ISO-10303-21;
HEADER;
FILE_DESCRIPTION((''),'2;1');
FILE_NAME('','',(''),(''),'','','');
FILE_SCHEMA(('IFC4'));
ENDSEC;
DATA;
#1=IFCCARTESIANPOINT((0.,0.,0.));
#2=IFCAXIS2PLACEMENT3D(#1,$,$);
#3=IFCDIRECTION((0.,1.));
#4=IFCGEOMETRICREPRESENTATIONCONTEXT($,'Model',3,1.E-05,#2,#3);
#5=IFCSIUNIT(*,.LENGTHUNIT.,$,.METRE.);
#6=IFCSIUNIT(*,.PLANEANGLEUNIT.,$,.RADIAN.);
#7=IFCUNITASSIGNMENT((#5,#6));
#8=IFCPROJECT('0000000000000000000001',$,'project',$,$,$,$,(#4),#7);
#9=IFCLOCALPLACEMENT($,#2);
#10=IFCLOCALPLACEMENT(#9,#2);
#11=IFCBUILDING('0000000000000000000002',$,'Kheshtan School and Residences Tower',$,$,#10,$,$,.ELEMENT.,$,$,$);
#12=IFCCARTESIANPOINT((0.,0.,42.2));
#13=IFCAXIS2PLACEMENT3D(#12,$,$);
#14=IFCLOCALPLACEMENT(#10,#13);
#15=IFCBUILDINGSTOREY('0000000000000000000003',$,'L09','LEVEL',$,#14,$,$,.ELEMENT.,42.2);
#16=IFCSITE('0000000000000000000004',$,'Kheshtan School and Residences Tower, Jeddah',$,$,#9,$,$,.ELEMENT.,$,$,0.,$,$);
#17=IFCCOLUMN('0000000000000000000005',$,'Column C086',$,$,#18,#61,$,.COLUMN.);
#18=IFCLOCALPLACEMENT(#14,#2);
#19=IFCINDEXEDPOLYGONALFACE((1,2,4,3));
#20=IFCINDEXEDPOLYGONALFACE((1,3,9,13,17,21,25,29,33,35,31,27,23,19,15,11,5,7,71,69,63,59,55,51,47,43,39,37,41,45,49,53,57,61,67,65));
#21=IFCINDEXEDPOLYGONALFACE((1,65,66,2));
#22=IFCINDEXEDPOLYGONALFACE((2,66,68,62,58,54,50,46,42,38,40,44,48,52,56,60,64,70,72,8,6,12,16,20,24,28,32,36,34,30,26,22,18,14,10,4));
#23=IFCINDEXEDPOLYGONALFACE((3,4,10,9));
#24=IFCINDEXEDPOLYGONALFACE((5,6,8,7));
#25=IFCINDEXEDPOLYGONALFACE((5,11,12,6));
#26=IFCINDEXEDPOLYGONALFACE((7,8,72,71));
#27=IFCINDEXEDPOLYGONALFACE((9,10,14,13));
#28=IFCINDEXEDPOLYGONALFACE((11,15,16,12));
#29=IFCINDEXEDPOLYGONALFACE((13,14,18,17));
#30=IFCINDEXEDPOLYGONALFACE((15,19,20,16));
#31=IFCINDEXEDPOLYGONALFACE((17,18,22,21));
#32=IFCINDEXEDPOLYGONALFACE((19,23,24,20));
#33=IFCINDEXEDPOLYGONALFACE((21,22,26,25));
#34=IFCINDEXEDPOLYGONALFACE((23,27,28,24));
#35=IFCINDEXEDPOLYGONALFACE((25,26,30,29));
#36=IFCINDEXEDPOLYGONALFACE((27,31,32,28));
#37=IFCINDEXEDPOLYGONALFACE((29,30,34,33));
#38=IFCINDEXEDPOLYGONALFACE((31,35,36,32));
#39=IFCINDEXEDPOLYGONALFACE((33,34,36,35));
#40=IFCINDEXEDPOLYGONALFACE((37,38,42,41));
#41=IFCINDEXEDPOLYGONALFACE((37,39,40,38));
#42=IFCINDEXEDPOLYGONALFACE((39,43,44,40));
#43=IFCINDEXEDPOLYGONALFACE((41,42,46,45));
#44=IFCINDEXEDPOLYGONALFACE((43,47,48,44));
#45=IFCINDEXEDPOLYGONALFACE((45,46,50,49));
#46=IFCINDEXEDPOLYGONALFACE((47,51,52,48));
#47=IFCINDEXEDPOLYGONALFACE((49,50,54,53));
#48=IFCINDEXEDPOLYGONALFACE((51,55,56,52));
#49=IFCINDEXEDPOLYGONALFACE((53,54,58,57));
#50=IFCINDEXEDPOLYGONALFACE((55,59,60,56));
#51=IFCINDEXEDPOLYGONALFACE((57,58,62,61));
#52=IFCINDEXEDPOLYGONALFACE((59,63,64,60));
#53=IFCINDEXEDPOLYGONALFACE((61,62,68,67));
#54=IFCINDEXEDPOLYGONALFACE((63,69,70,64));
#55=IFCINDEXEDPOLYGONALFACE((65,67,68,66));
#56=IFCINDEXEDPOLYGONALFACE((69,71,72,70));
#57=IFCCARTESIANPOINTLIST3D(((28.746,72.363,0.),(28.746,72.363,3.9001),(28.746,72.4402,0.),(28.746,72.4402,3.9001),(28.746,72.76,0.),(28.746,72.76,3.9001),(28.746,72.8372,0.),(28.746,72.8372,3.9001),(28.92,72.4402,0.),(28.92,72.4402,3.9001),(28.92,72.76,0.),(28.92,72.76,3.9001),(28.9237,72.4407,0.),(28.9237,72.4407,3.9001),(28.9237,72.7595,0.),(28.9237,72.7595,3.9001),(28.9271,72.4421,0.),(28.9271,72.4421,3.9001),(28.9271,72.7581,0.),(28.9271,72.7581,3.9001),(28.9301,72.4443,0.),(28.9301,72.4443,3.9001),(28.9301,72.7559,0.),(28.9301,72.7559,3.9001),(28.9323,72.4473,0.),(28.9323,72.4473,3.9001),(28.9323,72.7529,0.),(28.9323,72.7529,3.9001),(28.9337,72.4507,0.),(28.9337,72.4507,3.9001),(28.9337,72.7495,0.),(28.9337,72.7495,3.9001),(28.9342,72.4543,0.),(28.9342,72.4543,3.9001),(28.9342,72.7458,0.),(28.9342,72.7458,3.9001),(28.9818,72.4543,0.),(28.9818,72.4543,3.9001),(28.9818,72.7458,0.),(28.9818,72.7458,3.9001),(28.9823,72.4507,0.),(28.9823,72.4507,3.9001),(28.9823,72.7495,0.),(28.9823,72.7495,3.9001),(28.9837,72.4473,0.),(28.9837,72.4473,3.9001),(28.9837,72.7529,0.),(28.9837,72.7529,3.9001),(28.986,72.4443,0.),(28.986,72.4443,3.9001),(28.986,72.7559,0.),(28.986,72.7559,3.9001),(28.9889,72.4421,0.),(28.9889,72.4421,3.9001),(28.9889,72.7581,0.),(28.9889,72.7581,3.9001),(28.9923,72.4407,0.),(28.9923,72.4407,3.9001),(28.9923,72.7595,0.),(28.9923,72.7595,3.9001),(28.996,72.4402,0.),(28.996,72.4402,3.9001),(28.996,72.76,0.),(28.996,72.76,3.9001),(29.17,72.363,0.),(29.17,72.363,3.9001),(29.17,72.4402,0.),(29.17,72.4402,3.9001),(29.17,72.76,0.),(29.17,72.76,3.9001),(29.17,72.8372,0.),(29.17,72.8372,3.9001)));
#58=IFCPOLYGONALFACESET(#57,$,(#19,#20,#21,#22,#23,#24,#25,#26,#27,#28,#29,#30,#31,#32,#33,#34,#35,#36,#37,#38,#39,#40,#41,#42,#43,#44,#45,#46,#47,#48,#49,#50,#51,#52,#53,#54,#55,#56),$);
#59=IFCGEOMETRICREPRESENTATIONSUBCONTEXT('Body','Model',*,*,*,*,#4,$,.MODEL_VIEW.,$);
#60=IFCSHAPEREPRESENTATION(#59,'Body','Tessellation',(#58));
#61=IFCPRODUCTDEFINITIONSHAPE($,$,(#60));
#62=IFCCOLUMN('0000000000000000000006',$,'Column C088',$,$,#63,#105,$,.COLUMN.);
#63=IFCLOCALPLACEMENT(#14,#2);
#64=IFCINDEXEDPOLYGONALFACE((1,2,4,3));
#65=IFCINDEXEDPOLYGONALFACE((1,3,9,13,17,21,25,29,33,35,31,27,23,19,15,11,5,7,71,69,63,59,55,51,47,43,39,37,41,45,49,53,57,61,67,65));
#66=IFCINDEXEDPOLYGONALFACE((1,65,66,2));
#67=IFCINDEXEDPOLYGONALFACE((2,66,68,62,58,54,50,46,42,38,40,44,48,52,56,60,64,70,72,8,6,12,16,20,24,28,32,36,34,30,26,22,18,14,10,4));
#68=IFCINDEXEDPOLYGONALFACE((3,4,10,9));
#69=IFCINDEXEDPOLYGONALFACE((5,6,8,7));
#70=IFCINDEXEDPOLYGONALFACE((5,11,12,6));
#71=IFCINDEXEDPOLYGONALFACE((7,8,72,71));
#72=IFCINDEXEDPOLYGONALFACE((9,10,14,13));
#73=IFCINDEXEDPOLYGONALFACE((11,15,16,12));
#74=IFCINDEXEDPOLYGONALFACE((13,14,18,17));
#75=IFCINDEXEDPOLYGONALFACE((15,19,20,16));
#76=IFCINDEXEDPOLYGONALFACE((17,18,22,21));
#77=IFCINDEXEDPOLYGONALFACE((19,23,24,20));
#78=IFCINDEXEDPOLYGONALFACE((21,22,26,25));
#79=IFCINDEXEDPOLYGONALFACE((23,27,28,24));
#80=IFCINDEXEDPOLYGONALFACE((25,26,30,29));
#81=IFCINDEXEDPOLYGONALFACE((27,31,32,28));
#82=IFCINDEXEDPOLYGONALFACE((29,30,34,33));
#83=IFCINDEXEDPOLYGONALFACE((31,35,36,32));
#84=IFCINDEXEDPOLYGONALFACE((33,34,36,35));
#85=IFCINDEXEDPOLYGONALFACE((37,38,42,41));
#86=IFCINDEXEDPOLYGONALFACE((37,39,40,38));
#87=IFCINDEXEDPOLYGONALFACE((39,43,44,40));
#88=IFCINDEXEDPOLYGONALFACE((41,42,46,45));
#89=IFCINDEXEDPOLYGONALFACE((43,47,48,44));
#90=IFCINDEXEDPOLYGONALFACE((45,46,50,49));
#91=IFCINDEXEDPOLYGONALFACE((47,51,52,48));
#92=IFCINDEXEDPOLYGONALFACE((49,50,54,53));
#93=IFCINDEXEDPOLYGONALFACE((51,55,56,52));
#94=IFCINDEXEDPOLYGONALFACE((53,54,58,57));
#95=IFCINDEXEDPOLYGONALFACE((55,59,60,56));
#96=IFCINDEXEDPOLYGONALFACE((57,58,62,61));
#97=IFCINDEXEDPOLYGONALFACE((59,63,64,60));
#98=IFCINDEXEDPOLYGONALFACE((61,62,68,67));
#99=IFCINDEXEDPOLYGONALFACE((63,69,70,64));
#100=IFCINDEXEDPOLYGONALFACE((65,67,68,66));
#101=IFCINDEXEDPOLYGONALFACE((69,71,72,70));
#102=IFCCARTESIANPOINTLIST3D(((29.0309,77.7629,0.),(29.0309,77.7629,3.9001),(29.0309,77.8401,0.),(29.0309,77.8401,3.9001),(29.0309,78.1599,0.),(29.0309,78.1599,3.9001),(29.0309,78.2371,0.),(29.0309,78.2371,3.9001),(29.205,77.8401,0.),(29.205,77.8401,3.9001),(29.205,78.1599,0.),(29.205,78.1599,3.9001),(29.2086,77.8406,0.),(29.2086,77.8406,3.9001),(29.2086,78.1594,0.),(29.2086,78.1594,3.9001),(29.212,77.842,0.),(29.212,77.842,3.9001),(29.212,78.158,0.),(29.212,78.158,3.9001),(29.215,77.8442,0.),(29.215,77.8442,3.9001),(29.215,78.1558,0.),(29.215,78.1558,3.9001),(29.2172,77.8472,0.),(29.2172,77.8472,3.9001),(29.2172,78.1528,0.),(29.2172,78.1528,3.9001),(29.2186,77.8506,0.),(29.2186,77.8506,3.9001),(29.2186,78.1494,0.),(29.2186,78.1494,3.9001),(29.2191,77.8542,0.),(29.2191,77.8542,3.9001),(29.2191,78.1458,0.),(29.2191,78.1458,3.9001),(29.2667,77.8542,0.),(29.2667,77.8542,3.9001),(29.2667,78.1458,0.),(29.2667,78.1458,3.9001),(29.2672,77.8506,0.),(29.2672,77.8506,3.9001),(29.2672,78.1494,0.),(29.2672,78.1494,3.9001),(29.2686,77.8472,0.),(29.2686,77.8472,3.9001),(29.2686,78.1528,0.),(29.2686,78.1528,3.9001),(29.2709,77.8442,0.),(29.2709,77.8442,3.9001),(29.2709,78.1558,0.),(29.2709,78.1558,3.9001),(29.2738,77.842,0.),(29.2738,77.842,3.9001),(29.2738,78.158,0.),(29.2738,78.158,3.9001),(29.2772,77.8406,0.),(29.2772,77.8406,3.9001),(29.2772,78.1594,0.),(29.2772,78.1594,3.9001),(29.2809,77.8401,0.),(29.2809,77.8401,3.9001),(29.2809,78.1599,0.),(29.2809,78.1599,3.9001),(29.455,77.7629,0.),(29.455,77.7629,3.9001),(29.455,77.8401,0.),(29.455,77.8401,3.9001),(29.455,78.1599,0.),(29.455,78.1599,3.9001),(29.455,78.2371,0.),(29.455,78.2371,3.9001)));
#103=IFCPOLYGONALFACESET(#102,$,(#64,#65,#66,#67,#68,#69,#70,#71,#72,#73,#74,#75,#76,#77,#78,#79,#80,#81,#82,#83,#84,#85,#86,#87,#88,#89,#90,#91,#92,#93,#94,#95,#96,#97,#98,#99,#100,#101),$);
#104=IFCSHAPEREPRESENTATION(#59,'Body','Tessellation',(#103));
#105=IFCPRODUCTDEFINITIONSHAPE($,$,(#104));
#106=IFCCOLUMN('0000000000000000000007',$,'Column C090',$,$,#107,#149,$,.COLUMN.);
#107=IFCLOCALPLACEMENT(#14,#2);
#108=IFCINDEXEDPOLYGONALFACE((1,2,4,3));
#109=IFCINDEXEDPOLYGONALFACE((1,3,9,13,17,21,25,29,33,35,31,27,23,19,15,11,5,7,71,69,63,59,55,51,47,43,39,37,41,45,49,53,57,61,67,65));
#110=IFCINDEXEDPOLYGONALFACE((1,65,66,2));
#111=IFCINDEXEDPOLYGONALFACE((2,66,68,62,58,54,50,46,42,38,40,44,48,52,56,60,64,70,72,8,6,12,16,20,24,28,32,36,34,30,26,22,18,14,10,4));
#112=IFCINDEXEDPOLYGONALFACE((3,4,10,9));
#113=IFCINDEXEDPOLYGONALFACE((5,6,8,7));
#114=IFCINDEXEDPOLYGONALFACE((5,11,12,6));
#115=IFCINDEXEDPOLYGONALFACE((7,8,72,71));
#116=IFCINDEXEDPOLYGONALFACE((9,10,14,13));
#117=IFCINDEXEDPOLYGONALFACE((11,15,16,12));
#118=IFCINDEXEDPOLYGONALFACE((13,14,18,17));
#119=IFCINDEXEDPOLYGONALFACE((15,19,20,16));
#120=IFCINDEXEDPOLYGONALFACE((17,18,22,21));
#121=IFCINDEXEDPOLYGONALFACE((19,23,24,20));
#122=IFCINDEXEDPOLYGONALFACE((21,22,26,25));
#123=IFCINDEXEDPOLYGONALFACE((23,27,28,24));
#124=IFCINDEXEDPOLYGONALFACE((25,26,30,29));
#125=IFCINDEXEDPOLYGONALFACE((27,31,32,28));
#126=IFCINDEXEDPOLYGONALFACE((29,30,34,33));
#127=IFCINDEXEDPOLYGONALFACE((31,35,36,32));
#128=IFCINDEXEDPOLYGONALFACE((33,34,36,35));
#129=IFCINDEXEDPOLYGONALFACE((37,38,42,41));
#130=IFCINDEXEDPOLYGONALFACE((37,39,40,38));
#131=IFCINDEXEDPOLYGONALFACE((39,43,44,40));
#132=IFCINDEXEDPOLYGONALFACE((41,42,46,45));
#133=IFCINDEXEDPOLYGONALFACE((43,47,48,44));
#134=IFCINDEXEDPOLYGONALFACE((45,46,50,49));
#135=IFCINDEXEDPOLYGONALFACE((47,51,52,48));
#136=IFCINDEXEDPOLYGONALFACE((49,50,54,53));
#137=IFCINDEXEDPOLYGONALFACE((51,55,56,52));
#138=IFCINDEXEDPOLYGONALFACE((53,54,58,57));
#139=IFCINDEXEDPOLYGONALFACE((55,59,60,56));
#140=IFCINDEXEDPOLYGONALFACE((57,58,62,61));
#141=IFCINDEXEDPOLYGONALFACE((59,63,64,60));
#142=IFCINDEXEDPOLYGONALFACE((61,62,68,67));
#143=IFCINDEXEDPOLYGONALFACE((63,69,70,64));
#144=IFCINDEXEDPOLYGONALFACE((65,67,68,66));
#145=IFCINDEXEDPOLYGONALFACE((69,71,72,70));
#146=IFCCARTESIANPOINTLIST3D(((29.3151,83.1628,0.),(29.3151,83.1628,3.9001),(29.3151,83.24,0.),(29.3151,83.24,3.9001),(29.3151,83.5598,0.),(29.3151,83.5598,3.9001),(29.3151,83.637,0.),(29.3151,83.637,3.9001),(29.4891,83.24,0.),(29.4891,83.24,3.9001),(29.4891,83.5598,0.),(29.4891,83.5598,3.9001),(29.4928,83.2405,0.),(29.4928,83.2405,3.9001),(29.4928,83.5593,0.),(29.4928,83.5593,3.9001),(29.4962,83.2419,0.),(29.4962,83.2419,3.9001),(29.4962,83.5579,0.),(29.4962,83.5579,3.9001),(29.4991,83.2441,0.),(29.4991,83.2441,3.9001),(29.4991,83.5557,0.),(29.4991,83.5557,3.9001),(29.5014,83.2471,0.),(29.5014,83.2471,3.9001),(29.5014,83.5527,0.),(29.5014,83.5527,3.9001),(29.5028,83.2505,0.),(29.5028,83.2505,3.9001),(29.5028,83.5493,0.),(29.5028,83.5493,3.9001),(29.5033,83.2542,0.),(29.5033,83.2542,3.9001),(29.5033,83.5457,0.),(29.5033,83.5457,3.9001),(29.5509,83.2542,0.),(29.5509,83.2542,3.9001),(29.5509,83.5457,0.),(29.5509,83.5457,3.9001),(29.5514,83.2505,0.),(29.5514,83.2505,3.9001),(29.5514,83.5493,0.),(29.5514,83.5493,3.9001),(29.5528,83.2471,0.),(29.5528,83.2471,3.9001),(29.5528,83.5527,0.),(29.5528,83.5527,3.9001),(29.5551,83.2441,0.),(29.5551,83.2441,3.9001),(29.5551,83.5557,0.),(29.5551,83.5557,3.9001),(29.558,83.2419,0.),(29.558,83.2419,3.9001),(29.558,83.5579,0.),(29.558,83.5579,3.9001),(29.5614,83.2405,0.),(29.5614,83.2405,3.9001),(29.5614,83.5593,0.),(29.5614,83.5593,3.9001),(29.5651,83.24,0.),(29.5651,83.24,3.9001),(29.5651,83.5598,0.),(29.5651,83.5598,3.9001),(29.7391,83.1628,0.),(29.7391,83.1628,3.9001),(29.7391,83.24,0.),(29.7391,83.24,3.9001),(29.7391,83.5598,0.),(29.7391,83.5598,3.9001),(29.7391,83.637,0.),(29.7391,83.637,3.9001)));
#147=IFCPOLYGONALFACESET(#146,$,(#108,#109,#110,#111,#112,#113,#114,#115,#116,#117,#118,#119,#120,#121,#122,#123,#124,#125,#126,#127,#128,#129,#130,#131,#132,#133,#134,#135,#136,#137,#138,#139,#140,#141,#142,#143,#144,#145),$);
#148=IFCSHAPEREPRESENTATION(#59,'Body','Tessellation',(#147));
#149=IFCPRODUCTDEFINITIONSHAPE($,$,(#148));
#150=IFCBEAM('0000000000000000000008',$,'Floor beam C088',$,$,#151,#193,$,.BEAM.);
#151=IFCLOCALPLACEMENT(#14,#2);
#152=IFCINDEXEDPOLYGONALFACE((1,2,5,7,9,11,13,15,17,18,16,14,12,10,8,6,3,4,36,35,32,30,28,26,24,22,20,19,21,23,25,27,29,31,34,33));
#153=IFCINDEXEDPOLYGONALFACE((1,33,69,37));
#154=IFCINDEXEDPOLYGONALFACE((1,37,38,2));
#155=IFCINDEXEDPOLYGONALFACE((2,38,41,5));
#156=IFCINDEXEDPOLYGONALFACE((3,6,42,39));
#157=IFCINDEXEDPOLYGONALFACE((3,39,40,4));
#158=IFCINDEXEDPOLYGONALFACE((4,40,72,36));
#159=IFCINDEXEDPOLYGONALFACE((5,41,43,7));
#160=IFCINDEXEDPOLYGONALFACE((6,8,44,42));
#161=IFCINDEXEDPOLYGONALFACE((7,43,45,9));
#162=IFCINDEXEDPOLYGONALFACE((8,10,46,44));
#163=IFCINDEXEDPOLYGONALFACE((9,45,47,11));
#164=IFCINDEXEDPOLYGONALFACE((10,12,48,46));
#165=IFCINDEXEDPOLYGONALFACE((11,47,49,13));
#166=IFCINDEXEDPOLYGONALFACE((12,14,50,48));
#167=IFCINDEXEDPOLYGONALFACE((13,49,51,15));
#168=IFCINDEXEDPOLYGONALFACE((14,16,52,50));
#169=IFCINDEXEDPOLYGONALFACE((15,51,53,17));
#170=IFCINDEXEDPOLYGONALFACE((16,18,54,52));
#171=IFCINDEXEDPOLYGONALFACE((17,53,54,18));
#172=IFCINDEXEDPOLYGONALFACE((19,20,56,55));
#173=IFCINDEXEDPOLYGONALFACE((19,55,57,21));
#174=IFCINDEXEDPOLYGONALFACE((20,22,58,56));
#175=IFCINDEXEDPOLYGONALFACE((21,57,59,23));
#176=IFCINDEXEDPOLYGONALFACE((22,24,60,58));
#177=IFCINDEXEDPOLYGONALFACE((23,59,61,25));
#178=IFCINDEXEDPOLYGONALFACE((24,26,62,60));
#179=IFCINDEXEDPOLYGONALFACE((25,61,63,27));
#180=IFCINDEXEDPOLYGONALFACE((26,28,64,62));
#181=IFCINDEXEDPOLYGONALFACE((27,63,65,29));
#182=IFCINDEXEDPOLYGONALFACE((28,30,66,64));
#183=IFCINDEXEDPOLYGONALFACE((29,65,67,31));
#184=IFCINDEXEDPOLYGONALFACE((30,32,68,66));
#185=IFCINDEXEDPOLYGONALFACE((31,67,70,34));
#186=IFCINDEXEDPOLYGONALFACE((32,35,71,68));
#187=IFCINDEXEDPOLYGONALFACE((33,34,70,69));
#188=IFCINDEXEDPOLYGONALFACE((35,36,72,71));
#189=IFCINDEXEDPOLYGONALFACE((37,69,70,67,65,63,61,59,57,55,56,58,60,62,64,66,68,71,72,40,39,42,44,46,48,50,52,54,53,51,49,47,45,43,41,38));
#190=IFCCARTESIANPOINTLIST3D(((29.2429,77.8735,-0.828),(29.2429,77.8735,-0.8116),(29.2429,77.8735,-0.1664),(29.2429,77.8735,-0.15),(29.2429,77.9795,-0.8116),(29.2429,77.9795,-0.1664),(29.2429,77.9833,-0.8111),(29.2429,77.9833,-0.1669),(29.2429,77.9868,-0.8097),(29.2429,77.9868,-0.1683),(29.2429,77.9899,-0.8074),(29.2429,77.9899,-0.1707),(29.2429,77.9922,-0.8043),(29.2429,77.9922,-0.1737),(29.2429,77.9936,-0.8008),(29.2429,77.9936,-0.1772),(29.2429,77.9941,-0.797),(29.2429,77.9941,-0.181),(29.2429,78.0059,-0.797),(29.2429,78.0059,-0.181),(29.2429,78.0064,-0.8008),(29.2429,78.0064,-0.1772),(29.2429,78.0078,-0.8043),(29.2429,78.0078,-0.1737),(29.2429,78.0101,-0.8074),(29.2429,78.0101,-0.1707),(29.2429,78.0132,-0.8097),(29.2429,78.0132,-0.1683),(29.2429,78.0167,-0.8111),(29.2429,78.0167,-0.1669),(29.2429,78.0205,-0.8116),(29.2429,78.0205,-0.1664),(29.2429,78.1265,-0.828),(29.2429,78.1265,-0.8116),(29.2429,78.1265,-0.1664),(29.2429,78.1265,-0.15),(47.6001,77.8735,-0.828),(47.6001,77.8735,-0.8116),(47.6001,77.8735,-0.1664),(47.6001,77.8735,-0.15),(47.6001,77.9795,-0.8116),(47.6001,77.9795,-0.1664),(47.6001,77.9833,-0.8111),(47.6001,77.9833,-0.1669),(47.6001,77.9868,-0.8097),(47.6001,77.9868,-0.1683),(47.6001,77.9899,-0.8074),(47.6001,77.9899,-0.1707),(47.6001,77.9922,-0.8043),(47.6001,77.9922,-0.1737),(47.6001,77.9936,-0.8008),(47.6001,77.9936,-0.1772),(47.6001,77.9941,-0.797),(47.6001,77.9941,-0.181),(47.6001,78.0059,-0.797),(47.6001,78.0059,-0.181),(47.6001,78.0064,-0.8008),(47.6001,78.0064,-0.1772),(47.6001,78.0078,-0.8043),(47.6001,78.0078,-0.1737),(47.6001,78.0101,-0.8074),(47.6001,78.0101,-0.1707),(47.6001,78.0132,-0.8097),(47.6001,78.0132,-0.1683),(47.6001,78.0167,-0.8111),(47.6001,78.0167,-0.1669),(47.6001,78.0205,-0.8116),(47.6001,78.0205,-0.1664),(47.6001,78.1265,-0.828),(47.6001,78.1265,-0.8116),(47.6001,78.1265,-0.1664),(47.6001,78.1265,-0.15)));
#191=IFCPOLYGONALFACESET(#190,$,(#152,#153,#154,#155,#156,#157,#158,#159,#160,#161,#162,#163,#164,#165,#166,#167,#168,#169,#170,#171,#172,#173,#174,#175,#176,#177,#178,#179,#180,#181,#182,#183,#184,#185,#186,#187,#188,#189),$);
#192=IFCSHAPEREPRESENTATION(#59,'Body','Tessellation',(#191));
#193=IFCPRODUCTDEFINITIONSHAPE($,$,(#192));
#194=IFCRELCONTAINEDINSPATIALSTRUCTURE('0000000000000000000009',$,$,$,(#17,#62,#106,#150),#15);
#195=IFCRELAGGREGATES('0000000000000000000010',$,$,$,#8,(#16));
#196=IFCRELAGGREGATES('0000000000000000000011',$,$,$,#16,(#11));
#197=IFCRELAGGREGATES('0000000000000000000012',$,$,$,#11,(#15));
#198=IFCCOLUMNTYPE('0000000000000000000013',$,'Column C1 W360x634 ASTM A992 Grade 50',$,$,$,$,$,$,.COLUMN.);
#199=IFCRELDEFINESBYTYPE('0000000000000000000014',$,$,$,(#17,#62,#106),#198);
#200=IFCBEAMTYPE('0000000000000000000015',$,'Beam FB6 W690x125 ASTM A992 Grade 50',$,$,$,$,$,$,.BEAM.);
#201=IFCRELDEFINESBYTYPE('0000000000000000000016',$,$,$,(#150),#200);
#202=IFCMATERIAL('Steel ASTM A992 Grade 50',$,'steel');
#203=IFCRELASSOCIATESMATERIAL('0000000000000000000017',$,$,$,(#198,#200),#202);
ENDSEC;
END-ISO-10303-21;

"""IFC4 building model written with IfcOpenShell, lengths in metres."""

from ifc_helpers import new_model, si_unit, direction, frame, origin, origin_2d, place, context, subcontext, project, spatial, i_section, extrude, material, material_profile, profile_set, type_object, element, save


model = new_model("IFC4")

# Units and contexts
model_context = context("Model", 3, precision=1e-05, world=origin(), true_north=direction((0.0, 1.0)))
body_context = subcontext(model_context, "Body", "Model", "MODEL_VIEW")
ifc_project = project(units=[si_unit("LENGTHUNIT", "METRE"), si_unit("PLANEANGLEUNIT", "RADIAN")], contexts=[model_context])

# Site, building, storey
site_placement = place(None, origin())
site = spatial("IfcSite", under=ifc_project, at=site_placement, Name="Kheshtan School and Residences Tower, Jeddah", CompositionType="ELEMENT", RefElevation=0.0)
building_placement = place(site_placement, origin())
building = spatial("IfcBuilding", under=site, at=building_placement, Name="Kheshtan School and Residences Tower", CompositionType="ELEMENT")
storey_placement = place(building_placement, frame((0.0, 0.0, 42.2)))
storey = spatial("IfcBuildingStorey", under=building, at=storey_placement, Name="L09", Description="LEVEL", CompositionType="ELEMENT", Elevation=42.2)

# Columns
ifc_material_1 = material(Name="Steel ASTM A992 Grade 50", Category="steel")
ifc_material_profile_1 = material_profile(ifc_material_1, i_section(OverallWidth=0.4241, OverallDepth=0.4741, WebThickness=0.0476, FlangeThickness=0.0771, FilletRadius=0.0142, at=origin_2d()), Name="W360x634")
ifc_profile_set_1 = profile_set([ifc_material_profile_1], Name="Steel ASTM A992 Grade 50")
column_type = type_object("IfcColumnType", Name="Column C1 W360x634 ASTM A992 Grade 50", PredefinedType="COLUMN", material=ifc_profile_set_1)
for number, where, z_axis, x_axis, name in (
    (1, (28.958, 72.6001, 0.0), (0.0, 0.0, 1.0), (1.0, 0.0, 0.0), "Column C086"),
    (2, (29.2429, 78.0, 0.0), (0.0, 0.0, 1.0), (1.0, 0.0, 0.0), "Column C088"),
    (3, (29.5271, 83.3999, 0.0), (0.0, 0.0, 1.0), (1.0, 0.0, 0.0), "Column C090"),
):
    element("IfcColumn", number, at=place(storey_placement, frame(where, z_axis=z_axis, x_axis=x_axis)), inside=storey, type_object=column_type, Name=name, PredefinedType="COLUMN", context=body_context, shape_type="SweptSolid", body=[
        extrude(i_section(OverallWidth=0.4241, OverallDepth=0.4741, WebThickness=0.0476, FlangeThickness=0.0771, FilletRadius=0.0142, at=origin_2d()), origin(), (0.0, 0.0, 1.0), 3.9001),
    ])

# Beam
ifc_material_profile_2 = material_profile(ifc_material_1, i_section(OverallWidth=0.2529, OverallDepth=0.678, WebThickness=0.0117, FlangeThickness=0.0164, FilletRadius=0.0146, at=origin_2d()), Name="W690x125")
ifc_profile_set_2 = profile_set([ifc_material_profile_2], Name="Steel ASTM A992 Grade 50")
beam_type_1 = type_object("IfcBeamType", Name="Beam FB6 W690x125 ASTM A992 Grade 50", PredefinedType="BEAM", material=ifc_profile_set_2)
beam_1_placement = place(storey_placement, frame((29.2429, 78.0, -0.489), z_axis=(1.0, 0.0, 0.0), x_axis=(0.0, 1.0, 0.0)))
element("IfcBeam", 4, at=beam_1_placement, inside=storey, type_object=beam_type_1, Name="Floor beam C088", PredefinedType="BEAM", context=body_context, shape_type="SweptSolid", body=[
    extrude(i_section(OverallWidth=0.2529, OverallDepth=0.678, WebThickness=0.0117, FlangeThickness=0.0164, FilletRadius=0.0146, at=origin_2d()), origin(), (0.0, 0.0, 1.0), 18.3572),
])

save(model, "model.ifc")
